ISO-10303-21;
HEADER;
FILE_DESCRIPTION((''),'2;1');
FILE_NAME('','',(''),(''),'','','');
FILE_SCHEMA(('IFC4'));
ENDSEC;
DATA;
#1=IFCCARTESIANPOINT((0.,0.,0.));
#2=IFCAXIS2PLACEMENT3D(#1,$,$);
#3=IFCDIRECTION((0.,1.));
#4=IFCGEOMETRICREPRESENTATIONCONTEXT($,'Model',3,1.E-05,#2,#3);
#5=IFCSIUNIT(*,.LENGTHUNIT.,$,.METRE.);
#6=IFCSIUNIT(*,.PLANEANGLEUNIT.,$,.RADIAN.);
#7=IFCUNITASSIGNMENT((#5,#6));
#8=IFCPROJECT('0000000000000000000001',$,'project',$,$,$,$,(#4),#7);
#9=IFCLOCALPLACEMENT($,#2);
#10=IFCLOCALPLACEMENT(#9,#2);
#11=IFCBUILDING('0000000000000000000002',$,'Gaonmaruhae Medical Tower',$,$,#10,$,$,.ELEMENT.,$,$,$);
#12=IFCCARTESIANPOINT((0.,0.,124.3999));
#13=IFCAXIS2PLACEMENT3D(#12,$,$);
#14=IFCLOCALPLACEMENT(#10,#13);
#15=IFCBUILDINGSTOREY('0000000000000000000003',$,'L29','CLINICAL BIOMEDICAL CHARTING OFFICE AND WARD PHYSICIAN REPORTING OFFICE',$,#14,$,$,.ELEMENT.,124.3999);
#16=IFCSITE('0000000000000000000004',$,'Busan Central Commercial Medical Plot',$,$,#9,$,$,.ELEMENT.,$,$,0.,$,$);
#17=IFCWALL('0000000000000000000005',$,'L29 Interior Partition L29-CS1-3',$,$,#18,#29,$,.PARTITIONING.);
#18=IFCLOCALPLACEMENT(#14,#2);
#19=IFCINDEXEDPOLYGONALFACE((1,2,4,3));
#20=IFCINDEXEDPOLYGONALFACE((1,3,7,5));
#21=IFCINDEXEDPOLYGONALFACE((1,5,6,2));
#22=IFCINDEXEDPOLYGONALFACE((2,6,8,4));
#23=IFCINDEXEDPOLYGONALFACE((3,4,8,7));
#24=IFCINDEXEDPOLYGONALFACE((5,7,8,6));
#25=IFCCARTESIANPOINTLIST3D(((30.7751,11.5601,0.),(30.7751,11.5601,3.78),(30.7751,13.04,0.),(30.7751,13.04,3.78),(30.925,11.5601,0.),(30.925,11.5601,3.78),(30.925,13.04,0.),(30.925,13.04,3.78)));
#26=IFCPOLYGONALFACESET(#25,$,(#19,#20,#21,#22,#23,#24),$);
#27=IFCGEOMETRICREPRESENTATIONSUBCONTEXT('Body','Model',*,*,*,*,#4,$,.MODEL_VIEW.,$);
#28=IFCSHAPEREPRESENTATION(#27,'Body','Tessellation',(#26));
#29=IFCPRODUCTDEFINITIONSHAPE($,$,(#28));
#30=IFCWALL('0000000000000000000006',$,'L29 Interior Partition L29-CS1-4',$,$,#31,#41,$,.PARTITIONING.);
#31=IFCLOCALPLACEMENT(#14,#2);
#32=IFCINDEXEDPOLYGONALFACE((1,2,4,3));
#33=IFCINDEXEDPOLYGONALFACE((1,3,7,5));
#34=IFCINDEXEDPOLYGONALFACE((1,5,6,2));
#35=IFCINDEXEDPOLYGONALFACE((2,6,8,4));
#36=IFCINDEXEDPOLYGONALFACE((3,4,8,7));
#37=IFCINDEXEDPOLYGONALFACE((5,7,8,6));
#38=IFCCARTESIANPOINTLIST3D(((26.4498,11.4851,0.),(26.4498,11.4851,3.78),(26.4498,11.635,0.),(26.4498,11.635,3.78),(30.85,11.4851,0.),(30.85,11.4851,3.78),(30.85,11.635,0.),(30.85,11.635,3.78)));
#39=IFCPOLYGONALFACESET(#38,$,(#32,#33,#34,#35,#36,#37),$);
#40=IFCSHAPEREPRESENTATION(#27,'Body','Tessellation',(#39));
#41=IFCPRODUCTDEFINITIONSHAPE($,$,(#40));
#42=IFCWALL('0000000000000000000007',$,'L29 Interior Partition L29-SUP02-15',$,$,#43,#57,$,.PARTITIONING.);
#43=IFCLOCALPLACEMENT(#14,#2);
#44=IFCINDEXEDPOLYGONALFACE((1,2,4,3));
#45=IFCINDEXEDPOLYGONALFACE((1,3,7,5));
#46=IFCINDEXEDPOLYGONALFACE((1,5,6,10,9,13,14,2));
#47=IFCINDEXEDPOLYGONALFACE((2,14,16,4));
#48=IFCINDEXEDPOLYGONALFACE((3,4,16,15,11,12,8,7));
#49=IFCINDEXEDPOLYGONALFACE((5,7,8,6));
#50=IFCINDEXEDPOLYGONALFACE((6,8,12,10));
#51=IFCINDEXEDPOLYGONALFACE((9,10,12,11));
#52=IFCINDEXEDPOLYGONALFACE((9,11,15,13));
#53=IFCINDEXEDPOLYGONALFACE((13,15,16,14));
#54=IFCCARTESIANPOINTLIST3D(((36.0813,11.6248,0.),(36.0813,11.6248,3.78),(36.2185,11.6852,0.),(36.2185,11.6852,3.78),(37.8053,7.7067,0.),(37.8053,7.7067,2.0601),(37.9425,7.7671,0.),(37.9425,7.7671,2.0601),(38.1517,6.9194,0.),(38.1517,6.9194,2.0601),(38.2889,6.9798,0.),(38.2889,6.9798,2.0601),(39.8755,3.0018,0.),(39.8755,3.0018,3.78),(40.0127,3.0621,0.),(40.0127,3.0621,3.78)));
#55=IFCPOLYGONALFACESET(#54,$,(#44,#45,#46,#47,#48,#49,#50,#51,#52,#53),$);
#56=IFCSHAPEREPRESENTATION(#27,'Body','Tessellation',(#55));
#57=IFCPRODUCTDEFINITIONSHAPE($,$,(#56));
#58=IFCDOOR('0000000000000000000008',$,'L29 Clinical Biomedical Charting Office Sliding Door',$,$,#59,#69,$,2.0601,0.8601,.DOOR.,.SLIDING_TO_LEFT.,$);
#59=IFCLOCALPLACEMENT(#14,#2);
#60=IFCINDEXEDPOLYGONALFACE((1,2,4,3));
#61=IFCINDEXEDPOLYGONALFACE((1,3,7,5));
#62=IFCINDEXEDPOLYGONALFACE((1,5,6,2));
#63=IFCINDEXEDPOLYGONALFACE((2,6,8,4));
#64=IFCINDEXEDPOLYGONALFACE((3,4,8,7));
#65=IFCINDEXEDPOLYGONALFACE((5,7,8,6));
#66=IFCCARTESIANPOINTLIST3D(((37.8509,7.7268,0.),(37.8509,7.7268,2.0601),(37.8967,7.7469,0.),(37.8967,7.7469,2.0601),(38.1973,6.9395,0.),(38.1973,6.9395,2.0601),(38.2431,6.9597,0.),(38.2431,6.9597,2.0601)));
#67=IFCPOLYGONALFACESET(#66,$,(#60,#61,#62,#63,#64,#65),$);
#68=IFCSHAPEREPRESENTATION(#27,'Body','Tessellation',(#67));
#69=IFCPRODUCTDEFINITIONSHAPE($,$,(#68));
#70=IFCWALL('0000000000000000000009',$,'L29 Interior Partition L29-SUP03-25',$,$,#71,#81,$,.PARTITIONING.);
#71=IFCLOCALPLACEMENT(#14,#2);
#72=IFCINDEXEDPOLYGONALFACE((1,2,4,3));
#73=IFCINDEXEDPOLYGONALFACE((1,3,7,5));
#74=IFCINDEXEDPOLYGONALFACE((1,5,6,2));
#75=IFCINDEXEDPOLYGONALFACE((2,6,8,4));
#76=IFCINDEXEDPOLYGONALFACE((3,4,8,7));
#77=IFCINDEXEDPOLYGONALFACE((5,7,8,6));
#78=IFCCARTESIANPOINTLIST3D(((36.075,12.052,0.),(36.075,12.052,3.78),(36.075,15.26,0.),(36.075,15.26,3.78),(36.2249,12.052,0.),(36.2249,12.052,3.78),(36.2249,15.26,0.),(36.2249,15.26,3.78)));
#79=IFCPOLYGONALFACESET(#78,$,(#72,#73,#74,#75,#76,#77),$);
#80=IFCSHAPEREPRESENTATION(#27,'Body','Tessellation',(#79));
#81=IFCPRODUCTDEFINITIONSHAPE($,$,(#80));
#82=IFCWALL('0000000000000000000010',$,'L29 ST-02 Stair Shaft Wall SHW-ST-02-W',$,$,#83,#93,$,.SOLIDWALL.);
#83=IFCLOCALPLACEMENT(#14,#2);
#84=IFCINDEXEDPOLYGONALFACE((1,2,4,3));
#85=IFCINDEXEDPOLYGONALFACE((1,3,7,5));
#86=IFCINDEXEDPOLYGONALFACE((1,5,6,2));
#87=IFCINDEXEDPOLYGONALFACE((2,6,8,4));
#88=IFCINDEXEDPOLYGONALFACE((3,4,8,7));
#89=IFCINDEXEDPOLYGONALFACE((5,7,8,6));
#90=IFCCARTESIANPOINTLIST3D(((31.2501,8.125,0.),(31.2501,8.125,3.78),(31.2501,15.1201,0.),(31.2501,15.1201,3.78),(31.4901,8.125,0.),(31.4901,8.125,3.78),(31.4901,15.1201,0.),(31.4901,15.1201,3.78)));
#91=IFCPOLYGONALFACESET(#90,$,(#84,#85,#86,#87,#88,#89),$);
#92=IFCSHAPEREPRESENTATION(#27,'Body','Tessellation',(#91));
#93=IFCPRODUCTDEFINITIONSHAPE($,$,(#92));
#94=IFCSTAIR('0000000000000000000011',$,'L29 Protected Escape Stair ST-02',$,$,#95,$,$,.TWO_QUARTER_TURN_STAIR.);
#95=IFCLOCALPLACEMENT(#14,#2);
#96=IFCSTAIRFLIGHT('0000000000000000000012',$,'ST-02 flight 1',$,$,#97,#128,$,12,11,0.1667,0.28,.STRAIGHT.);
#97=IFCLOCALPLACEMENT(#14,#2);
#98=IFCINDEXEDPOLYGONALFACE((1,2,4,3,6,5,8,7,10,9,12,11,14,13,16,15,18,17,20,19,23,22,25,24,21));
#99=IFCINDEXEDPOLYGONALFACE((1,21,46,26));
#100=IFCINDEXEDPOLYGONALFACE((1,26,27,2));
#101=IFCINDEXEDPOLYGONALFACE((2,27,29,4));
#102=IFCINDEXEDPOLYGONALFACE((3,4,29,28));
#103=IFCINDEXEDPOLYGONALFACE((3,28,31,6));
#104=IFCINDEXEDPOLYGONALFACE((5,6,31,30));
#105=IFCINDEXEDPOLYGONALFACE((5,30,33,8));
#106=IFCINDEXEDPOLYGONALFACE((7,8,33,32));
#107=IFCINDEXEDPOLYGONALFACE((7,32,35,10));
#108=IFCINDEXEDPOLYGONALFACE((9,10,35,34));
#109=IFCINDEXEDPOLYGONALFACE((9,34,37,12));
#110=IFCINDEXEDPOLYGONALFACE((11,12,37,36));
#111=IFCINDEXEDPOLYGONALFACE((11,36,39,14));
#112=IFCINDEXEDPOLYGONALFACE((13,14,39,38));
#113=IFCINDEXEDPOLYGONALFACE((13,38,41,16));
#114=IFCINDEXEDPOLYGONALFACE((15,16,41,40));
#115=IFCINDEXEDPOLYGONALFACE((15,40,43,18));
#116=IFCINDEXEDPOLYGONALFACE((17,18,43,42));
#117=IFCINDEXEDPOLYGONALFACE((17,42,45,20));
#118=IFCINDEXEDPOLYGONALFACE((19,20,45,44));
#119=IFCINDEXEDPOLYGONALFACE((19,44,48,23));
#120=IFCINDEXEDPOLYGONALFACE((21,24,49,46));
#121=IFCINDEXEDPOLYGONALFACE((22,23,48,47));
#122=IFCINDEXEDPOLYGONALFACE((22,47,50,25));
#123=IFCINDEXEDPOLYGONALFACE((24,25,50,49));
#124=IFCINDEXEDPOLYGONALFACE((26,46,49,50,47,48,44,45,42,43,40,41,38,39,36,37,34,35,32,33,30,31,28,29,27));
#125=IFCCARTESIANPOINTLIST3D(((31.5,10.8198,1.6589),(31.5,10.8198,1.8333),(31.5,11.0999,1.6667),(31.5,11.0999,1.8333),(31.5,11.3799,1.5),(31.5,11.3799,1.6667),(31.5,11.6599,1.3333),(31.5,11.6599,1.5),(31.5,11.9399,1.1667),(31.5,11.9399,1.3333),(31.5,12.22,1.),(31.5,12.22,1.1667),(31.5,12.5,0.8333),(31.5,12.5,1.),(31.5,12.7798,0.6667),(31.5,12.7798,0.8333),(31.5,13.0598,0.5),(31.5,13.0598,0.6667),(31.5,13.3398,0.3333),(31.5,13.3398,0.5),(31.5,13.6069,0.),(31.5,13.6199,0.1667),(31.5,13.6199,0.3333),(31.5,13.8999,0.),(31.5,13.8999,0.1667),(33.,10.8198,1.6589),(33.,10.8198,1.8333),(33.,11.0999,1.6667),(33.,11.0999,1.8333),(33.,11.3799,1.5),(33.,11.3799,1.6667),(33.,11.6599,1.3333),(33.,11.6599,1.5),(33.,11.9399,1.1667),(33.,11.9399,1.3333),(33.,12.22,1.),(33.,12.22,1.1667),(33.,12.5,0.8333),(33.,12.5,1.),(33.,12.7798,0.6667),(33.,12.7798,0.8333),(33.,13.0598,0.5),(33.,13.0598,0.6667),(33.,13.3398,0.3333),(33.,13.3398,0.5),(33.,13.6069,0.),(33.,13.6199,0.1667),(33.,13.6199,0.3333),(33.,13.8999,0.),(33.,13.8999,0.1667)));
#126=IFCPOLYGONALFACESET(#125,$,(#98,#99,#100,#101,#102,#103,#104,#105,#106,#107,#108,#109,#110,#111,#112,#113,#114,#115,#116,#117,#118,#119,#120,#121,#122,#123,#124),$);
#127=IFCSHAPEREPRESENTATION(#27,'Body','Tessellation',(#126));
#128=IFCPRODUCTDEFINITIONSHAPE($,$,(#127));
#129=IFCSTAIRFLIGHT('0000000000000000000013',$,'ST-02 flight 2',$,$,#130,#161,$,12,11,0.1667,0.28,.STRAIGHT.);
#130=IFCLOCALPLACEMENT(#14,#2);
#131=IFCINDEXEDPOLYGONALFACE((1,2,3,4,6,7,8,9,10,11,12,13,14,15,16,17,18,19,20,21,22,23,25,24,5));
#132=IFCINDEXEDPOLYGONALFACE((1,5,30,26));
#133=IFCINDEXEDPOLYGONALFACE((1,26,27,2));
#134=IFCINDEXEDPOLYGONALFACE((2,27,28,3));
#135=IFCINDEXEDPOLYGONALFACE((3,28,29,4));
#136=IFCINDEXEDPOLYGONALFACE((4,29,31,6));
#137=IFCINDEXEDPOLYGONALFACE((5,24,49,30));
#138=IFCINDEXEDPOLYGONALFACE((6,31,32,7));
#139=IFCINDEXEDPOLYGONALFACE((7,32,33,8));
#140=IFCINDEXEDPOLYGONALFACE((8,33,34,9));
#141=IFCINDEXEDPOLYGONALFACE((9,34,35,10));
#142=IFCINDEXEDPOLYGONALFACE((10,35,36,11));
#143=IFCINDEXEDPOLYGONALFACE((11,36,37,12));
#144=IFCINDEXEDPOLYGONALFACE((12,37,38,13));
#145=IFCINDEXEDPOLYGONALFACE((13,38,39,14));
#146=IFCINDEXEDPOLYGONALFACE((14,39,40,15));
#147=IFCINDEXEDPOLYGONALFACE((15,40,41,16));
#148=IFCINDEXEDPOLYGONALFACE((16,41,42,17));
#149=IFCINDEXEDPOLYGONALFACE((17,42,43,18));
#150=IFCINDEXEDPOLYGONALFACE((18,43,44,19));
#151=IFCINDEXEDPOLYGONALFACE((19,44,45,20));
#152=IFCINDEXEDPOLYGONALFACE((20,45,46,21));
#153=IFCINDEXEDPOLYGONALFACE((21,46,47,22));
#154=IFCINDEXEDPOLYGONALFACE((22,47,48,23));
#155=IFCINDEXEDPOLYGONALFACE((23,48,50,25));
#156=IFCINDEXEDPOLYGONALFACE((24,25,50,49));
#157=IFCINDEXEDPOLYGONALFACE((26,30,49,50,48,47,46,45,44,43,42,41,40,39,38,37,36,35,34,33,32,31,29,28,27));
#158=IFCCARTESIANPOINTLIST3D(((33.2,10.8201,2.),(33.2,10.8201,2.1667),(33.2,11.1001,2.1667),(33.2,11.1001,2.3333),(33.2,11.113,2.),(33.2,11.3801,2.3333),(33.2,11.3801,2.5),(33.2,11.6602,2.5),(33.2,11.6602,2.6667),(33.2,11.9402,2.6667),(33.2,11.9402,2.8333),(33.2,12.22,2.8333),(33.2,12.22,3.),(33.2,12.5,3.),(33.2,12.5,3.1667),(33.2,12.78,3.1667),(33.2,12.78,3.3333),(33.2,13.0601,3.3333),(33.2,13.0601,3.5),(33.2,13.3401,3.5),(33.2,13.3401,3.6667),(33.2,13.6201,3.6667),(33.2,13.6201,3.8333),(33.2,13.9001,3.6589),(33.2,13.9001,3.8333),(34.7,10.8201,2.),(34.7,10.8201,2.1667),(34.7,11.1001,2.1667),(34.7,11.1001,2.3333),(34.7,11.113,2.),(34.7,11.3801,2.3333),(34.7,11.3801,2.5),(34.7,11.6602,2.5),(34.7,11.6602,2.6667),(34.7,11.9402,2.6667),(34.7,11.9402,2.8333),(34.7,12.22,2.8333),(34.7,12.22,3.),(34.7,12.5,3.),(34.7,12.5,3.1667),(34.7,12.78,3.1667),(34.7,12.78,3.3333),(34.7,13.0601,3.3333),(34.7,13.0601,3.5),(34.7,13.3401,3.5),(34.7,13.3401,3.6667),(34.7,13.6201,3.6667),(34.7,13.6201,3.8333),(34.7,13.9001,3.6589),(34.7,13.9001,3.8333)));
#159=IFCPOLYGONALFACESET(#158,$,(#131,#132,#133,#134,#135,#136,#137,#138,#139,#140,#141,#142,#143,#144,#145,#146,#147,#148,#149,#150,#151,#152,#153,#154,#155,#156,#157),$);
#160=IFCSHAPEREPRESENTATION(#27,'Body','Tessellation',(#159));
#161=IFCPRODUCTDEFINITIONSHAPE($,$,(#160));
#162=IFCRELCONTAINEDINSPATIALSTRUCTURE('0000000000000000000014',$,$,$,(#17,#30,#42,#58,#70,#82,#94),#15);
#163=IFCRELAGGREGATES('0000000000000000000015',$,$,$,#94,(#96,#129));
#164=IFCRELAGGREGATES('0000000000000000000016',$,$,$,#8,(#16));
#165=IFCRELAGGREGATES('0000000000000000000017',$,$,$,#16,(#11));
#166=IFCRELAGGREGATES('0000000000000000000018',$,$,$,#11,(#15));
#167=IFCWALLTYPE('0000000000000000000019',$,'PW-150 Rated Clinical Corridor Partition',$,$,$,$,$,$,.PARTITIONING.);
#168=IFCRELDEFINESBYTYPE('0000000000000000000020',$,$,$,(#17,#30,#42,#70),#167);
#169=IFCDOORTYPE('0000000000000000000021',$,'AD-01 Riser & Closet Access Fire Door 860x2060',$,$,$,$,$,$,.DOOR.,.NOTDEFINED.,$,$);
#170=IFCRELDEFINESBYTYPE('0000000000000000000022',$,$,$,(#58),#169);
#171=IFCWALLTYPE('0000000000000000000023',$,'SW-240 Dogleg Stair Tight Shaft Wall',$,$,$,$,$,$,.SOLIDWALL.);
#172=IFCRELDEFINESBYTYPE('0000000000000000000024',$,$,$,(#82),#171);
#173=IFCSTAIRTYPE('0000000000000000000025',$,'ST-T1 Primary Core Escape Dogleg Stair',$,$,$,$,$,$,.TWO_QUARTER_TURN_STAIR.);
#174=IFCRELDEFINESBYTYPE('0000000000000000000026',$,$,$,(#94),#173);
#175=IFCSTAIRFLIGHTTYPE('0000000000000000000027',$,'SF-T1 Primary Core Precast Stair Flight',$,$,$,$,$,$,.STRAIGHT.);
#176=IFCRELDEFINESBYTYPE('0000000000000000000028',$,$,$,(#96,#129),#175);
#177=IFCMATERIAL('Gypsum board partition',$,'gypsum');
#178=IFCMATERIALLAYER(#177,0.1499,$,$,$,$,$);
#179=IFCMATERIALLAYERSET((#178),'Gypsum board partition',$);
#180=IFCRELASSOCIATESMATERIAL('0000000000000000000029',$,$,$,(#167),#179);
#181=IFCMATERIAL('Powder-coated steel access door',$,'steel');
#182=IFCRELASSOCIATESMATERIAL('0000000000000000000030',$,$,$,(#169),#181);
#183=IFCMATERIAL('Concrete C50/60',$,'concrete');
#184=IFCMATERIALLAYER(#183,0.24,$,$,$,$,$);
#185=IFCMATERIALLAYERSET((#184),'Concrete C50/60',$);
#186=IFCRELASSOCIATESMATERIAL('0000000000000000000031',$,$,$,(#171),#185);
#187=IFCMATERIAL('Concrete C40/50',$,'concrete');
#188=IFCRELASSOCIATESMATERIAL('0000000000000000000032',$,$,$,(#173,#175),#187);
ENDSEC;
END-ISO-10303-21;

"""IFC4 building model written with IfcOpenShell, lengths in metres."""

from ifc_helpers import new_model, si_unit, direction, frame, frame_2d, origin, place, context, subcontext, project, spatial, polyline, rectangle, outline, extrude, material, layer, layer_set, type_object, element, fill, aggregate, save


model = new_model("IFC4")

# Units and contexts
model_context = context("Model", 3, precision=1e-05, world=origin(), true_north=direction((0.0, 1.0)))
body_context = subcontext(model_context, "Body", "Model", "MODEL_VIEW")
ifc_project = project(units=[si_unit("LENGTHUNIT", "METRE"), si_unit("PLANEANGLEUNIT", "RADIAN")], contexts=[model_context])

# Site, building, storey
site_placement = place(None, origin())
site = spatial("IfcSite", under=ifc_project, at=site_placement, Name="Busan Central Commercial Medical Plot", CompositionType="ELEMENT", RefElevation=0.0)
building_placement = place(site_placement, origin())
building = spatial("IfcBuilding", under=site, at=building_placement, Name="Gaonmaruhae Medical Tower", CompositionType="ELEMENT")
storey_placement = place(building_placement, frame((0.0, 0.0, 124.3999)))
storey = spatial("IfcBuildingStorey", under=building, at=storey_placement, Name="L29", Description="CLINICAL BIOMEDICAL CHARTING OFFICE AND WARD PHYSICIAN REPORTING OFFICE", CompositionType="ELEMENT", Elevation=124.3999)

# Shared definitions
ifc_material_1 = material(Name="Gypsum board partition", Category="gypsum")
ifc_layer_1 = layer(ifc_material_1, 0.1499)
ifc_layer_set_1 = layer_set([ifc_layer_1], Name="Gypsum board partition")
wall_type_1 = type_object("IfcWallType", Name="PW-150 Rated Clinical Corridor Partition", PredefinedType="PARTITIONING", material=ifc_layer_set_1)

# Walls
wall_1_placement = place(storey_placement, frame((30.8501, 13.04, 0.0), z_axis=(0.0, 0.0, 1.0), x_axis=(0.0, -1.0, 0.0)))
element("IfcWall", 1, at=wall_1_placement, inside=storey, type_object=wall_type_1, Name="L29 Interior Partition L29-CS1-3", PredefinedType="PARTITIONING", context=body_context, shape_type="SweptSolid", body=[
    extrude(rectangle(XDim=1.48, YDim=0.1499, at=frame_2d((0.74, 0.0))), origin(), (0.0, 0.0, 1.0), 3.78),
])
wall_2_placement = place(storey_placement, frame((30.8501, 11.5601, 0.0), z_axis=(0.0, 0.0, 1.0), x_axis=(-1.0, 0.0, 0.0)))
element("IfcWall", 2, at=wall_2_placement, inside=storey, type_object=wall_type_1, Name="L29 Interior Partition L29-CS1-4", PredefinedType="PARTITIONING", context=body_context, shape_type="SweptSolid", body=[
    extrude(rectangle(XDim=4.4001, YDim=0.1499, at=frame_2d((2.2002, 0.0))), origin(), (0.0, 0.0, 1.0), 3.78),
])

# Wall, opening, door
wall_3_placement = place(storey_placement, frame((36.1499, 11.655, 0.0), z_axis=(0.0, 0.0, 1.0), x_axis=(0.402743, -0.915313, 0.0)))
wall_3 = element("IfcWall", 3, at=wall_3_placement, inside=storey, type_object=wall_type_1, Name="L29 Interior Partition L29-SUP02-15", PredefinedType="PARTITIONING", context=body_context, shape_type="SweptSolid", body=[
    extrude(rectangle(XDim=9.4209, YDim=0.1499, at=frame_2d((4.7104, 0.0))), origin(), (0.0, 0.0, 1.0), 3.78),
])
opening_1_placement = place(wall_3_placement, frame((4.2805, 0.0, 0.0)))
opening_1 = element("IfcOpeningElement", 4, at=opening_1_placement, cuts=wall_3, PredefinedType="OPENING", context=body_context, shape_type="SweptSolid", body=[
    extrude(rectangle(XDim=0.8601, YDim=2.0601, at=frame_2d((0.4302, 1.03))), frame((0.0, 0.085, 0.0), z_axis=(0.0, -1.0, 0.0), x_axis=(1.0, 0.0, 0.0)), (0.0, 0.0, 1.0), 0.1699),
])
ifc_material_2 = material(Name="Powder-coated steel access door", Category="steel")
door_type_1 = type_object("IfcDoorType", Name="AD-01 Riser & Closet Access Fire Door 860x2060", OperationType="NOTDEFINED", PredefinedType="DOOR", material=ifc_material_2)
door_1_placement = place(opening_1_placement, origin())
door_1 = element("IfcDoor", 5, at=door_1_placement, inside=storey, type_object=door_type_1, Name="L29 Clinical Biomedical Charting Office Sliding Door", OperationType="SLIDING_TO_LEFT", OverallHeight=2.0601, OverallWidth=0.8601, PredefinedType="DOOR", context=body_context, shape_type="SweptSolid", body=[
    extrude(rectangle(XDim=0.8601, YDim=2.0601, at=frame_2d((0.4302, 1.03))), frame((0.0, 0.0249, 0.0), z_axis=(0.0, -1.0, 0.0), x_axis=(1.0, 0.0, 0.0)), (0.0, 0.0, 1.0), 0.05),
])
fill(opening_1, door_1)

# Walls
wall_4_placement = place(storey_placement, frame((36.1499, 12.052, 0.0), z_axis=(0.0, 0.0, 1.0), x_axis=(0.0, 1.0, 0.0)))
element("IfcWall", 6, at=wall_4_placement, inside=storey, type_object=wall_type_1, Name="L29 Interior Partition L29-SUP03-25", PredefinedType="PARTITIONING", context=body_context, shape_type="SweptSolid", body=[
    extrude(rectangle(XDim=3.208, YDim=0.1499, at=frame_2d((1.604, 0.0))), origin(), (0.0, 0.0, 1.0), 3.78),
])
ifc_material_3 = material(Name="Concrete C50/60", Category="concrete")
ifc_layer_2 = layer(ifc_material_3, 0.24)
ifc_layer_set_2 = layer_set([ifc_layer_2], Name="Concrete C50/60")
wall_type_2 = type_object("IfcWallType", Name="SW-240 Dogleg Stair Tight Shaft Wall", PredefinedType="SOLIDWALL", material=ifc_layer_set_2)
wall_5_placement = place(storey_placement, frame((31.3701, 8.125, 0.0), z_axis=(0.0, 0.0, 1.0), x_axis=(0.0, 1.0, 0.0)))
element("IfcWall", 7, at=wall_5_placement, inside=storey, type_object=wall_type_2, Name="L29 ST-02 Stair Shaft Wall SHW-ST-02-W", PredefinedType="SOLIDWALL", context=body_context, shape_type="SweptSolid", body=[
    extrude(rectangle(XDim=6.9951, YDim=0.24, at=frame_2d((3.4976, 0.0))), origin(), (0.0, 0.0, 1.0), 3.78),
])

# Stair, stair flights
ifc_material_4 = material(Name="Concrete C40/50", Category="concrete")
stair_type = type_object("IfcStairType", Name="ST-T1 Primary Core Escape Dogleg Stair", PredefinedType="TWO_QUARTER_TURN_STAIR", material=ifc_material_4)
stair_placement = place(storey_placement, origin())
stair = element("IfcStair", 8, at=stair_placement, inside=storey, type_object=stair_type, Name="L29 Protected Escape Stair ST-02", PredefinedType="TWO_QUARTER_TURN_STAIR")
stair_flight_type = type_object("IfcStairFlightType", Name="SF-T1 Primary Core Precast Stair Flight", PredefinedType="STRAIGHT", material=ifc_material_4)
stair_flight_1_placement = place(storey_placement, frame((32.25, 13.8999, 0.0), z_axis=(0.0, 0.0, 1.0), x_axis=(0.0, -1.0, 0.0)))
stair_flight_1 = element("IfcStairFlight", 9, at=stair_flight_1_placement, type_object=stair_flight_type, Name="ST-02 flight 1", NumberOfRisers=12, NumberOfTreads=11, PredefinedType="STRAIGHT", RiserHeight=0.1667, TreadLength=0.28, context=body_context, shape_type="SweptSolid", body=[
    extrude(outline(polyline([(0.0, 0.0), (0.0, 0.1667), (0.28, 0.1667), (0.28, 0.3333), (0.5601, 0.3333), (0.5601, 0.5), (0.8401, 0.5), (0.8401, 0.6667), (1.1201, 0.6667), (1.1201, 0.8333), (1.3999, 0.8333), (1.3999, 1.0), (1.6799, 1.0), (1.6799, 1.1667), (1.96, 1.1667), (1.96, 1.3333), (2.24, 1.3333), (2.24, 1.5), (2.52, 1.5), (2.52, 1.6667), (2.8, 1.6667), (2.8, 1.8333), (3.0801, 1.8333), (3.0801, 2.0), (3.0801, 1.6589), (0.293, 0.0), (0.0, 0.0)])), frame((0.0, 0.75, 0.0), z_axis=(0.0, -1.0, 0.0), x_axis=(1.0, 0.0, 0.0)), (0.0, 0.0, 1.0), 1.5),
])
stair_flight_2_placement = place(storey_placement, frame((33.95, 10.8201, 2.0), z_axis=(0.0, 0.0, 1.0), x_axis=(0.0, 1.0, 0.0)))
stair_flight_2 = element("IfcStairFlight", 10, at=stair_flight_2_placement, type_object=stair_flight_type, Name="ST-02 flight 2", NumberOfRisers=12, NumberOfTreads=11, PredefinedType="STRAIGHT", RiserHeight=0.1667, TreadLength=0.28, context=body_context, shape_type="SweptSolid", body=[
    extrude(outline(polyline([(0.0, 0.0), (0.0, 0.1667), (0.28, 0.1667), (0.28, 0.3333), (0.5601, 0.3333), (0.5601, 0.5), (0.8401, 0.5), (0.8401, 0.6667), (1.1201, 0.6667), (1.1201, 0.8333), (1.3999, 0.8333), (1.3999, 1.0), (1.6799, 1.0), (1.6799, 1.1667), (1.96, 1.1667), (1.96, 1.3333), (2.24, 1.3333), (2.24, 1.5), (2.52, 1.5), (2.52, 1.6667), (2.8, 1.6667), (2.8, 1.8333), (3.0801, 1.8333), (3.0801, 2.0), (3.0801, 1.6589), (0.293, 0.0), (0.0, 0.0)])), frame((0.0, 0.75, 0.0), z_axis=(0.0, -1.0, 0.0), x_axis=(1.0, 0.0, 0.0)), (0.0, 0.0, 1.0), 1.5),
])
aggregate(stair, [stair_flight_1, stair_flight_2])

save(model, "model.ifc")
